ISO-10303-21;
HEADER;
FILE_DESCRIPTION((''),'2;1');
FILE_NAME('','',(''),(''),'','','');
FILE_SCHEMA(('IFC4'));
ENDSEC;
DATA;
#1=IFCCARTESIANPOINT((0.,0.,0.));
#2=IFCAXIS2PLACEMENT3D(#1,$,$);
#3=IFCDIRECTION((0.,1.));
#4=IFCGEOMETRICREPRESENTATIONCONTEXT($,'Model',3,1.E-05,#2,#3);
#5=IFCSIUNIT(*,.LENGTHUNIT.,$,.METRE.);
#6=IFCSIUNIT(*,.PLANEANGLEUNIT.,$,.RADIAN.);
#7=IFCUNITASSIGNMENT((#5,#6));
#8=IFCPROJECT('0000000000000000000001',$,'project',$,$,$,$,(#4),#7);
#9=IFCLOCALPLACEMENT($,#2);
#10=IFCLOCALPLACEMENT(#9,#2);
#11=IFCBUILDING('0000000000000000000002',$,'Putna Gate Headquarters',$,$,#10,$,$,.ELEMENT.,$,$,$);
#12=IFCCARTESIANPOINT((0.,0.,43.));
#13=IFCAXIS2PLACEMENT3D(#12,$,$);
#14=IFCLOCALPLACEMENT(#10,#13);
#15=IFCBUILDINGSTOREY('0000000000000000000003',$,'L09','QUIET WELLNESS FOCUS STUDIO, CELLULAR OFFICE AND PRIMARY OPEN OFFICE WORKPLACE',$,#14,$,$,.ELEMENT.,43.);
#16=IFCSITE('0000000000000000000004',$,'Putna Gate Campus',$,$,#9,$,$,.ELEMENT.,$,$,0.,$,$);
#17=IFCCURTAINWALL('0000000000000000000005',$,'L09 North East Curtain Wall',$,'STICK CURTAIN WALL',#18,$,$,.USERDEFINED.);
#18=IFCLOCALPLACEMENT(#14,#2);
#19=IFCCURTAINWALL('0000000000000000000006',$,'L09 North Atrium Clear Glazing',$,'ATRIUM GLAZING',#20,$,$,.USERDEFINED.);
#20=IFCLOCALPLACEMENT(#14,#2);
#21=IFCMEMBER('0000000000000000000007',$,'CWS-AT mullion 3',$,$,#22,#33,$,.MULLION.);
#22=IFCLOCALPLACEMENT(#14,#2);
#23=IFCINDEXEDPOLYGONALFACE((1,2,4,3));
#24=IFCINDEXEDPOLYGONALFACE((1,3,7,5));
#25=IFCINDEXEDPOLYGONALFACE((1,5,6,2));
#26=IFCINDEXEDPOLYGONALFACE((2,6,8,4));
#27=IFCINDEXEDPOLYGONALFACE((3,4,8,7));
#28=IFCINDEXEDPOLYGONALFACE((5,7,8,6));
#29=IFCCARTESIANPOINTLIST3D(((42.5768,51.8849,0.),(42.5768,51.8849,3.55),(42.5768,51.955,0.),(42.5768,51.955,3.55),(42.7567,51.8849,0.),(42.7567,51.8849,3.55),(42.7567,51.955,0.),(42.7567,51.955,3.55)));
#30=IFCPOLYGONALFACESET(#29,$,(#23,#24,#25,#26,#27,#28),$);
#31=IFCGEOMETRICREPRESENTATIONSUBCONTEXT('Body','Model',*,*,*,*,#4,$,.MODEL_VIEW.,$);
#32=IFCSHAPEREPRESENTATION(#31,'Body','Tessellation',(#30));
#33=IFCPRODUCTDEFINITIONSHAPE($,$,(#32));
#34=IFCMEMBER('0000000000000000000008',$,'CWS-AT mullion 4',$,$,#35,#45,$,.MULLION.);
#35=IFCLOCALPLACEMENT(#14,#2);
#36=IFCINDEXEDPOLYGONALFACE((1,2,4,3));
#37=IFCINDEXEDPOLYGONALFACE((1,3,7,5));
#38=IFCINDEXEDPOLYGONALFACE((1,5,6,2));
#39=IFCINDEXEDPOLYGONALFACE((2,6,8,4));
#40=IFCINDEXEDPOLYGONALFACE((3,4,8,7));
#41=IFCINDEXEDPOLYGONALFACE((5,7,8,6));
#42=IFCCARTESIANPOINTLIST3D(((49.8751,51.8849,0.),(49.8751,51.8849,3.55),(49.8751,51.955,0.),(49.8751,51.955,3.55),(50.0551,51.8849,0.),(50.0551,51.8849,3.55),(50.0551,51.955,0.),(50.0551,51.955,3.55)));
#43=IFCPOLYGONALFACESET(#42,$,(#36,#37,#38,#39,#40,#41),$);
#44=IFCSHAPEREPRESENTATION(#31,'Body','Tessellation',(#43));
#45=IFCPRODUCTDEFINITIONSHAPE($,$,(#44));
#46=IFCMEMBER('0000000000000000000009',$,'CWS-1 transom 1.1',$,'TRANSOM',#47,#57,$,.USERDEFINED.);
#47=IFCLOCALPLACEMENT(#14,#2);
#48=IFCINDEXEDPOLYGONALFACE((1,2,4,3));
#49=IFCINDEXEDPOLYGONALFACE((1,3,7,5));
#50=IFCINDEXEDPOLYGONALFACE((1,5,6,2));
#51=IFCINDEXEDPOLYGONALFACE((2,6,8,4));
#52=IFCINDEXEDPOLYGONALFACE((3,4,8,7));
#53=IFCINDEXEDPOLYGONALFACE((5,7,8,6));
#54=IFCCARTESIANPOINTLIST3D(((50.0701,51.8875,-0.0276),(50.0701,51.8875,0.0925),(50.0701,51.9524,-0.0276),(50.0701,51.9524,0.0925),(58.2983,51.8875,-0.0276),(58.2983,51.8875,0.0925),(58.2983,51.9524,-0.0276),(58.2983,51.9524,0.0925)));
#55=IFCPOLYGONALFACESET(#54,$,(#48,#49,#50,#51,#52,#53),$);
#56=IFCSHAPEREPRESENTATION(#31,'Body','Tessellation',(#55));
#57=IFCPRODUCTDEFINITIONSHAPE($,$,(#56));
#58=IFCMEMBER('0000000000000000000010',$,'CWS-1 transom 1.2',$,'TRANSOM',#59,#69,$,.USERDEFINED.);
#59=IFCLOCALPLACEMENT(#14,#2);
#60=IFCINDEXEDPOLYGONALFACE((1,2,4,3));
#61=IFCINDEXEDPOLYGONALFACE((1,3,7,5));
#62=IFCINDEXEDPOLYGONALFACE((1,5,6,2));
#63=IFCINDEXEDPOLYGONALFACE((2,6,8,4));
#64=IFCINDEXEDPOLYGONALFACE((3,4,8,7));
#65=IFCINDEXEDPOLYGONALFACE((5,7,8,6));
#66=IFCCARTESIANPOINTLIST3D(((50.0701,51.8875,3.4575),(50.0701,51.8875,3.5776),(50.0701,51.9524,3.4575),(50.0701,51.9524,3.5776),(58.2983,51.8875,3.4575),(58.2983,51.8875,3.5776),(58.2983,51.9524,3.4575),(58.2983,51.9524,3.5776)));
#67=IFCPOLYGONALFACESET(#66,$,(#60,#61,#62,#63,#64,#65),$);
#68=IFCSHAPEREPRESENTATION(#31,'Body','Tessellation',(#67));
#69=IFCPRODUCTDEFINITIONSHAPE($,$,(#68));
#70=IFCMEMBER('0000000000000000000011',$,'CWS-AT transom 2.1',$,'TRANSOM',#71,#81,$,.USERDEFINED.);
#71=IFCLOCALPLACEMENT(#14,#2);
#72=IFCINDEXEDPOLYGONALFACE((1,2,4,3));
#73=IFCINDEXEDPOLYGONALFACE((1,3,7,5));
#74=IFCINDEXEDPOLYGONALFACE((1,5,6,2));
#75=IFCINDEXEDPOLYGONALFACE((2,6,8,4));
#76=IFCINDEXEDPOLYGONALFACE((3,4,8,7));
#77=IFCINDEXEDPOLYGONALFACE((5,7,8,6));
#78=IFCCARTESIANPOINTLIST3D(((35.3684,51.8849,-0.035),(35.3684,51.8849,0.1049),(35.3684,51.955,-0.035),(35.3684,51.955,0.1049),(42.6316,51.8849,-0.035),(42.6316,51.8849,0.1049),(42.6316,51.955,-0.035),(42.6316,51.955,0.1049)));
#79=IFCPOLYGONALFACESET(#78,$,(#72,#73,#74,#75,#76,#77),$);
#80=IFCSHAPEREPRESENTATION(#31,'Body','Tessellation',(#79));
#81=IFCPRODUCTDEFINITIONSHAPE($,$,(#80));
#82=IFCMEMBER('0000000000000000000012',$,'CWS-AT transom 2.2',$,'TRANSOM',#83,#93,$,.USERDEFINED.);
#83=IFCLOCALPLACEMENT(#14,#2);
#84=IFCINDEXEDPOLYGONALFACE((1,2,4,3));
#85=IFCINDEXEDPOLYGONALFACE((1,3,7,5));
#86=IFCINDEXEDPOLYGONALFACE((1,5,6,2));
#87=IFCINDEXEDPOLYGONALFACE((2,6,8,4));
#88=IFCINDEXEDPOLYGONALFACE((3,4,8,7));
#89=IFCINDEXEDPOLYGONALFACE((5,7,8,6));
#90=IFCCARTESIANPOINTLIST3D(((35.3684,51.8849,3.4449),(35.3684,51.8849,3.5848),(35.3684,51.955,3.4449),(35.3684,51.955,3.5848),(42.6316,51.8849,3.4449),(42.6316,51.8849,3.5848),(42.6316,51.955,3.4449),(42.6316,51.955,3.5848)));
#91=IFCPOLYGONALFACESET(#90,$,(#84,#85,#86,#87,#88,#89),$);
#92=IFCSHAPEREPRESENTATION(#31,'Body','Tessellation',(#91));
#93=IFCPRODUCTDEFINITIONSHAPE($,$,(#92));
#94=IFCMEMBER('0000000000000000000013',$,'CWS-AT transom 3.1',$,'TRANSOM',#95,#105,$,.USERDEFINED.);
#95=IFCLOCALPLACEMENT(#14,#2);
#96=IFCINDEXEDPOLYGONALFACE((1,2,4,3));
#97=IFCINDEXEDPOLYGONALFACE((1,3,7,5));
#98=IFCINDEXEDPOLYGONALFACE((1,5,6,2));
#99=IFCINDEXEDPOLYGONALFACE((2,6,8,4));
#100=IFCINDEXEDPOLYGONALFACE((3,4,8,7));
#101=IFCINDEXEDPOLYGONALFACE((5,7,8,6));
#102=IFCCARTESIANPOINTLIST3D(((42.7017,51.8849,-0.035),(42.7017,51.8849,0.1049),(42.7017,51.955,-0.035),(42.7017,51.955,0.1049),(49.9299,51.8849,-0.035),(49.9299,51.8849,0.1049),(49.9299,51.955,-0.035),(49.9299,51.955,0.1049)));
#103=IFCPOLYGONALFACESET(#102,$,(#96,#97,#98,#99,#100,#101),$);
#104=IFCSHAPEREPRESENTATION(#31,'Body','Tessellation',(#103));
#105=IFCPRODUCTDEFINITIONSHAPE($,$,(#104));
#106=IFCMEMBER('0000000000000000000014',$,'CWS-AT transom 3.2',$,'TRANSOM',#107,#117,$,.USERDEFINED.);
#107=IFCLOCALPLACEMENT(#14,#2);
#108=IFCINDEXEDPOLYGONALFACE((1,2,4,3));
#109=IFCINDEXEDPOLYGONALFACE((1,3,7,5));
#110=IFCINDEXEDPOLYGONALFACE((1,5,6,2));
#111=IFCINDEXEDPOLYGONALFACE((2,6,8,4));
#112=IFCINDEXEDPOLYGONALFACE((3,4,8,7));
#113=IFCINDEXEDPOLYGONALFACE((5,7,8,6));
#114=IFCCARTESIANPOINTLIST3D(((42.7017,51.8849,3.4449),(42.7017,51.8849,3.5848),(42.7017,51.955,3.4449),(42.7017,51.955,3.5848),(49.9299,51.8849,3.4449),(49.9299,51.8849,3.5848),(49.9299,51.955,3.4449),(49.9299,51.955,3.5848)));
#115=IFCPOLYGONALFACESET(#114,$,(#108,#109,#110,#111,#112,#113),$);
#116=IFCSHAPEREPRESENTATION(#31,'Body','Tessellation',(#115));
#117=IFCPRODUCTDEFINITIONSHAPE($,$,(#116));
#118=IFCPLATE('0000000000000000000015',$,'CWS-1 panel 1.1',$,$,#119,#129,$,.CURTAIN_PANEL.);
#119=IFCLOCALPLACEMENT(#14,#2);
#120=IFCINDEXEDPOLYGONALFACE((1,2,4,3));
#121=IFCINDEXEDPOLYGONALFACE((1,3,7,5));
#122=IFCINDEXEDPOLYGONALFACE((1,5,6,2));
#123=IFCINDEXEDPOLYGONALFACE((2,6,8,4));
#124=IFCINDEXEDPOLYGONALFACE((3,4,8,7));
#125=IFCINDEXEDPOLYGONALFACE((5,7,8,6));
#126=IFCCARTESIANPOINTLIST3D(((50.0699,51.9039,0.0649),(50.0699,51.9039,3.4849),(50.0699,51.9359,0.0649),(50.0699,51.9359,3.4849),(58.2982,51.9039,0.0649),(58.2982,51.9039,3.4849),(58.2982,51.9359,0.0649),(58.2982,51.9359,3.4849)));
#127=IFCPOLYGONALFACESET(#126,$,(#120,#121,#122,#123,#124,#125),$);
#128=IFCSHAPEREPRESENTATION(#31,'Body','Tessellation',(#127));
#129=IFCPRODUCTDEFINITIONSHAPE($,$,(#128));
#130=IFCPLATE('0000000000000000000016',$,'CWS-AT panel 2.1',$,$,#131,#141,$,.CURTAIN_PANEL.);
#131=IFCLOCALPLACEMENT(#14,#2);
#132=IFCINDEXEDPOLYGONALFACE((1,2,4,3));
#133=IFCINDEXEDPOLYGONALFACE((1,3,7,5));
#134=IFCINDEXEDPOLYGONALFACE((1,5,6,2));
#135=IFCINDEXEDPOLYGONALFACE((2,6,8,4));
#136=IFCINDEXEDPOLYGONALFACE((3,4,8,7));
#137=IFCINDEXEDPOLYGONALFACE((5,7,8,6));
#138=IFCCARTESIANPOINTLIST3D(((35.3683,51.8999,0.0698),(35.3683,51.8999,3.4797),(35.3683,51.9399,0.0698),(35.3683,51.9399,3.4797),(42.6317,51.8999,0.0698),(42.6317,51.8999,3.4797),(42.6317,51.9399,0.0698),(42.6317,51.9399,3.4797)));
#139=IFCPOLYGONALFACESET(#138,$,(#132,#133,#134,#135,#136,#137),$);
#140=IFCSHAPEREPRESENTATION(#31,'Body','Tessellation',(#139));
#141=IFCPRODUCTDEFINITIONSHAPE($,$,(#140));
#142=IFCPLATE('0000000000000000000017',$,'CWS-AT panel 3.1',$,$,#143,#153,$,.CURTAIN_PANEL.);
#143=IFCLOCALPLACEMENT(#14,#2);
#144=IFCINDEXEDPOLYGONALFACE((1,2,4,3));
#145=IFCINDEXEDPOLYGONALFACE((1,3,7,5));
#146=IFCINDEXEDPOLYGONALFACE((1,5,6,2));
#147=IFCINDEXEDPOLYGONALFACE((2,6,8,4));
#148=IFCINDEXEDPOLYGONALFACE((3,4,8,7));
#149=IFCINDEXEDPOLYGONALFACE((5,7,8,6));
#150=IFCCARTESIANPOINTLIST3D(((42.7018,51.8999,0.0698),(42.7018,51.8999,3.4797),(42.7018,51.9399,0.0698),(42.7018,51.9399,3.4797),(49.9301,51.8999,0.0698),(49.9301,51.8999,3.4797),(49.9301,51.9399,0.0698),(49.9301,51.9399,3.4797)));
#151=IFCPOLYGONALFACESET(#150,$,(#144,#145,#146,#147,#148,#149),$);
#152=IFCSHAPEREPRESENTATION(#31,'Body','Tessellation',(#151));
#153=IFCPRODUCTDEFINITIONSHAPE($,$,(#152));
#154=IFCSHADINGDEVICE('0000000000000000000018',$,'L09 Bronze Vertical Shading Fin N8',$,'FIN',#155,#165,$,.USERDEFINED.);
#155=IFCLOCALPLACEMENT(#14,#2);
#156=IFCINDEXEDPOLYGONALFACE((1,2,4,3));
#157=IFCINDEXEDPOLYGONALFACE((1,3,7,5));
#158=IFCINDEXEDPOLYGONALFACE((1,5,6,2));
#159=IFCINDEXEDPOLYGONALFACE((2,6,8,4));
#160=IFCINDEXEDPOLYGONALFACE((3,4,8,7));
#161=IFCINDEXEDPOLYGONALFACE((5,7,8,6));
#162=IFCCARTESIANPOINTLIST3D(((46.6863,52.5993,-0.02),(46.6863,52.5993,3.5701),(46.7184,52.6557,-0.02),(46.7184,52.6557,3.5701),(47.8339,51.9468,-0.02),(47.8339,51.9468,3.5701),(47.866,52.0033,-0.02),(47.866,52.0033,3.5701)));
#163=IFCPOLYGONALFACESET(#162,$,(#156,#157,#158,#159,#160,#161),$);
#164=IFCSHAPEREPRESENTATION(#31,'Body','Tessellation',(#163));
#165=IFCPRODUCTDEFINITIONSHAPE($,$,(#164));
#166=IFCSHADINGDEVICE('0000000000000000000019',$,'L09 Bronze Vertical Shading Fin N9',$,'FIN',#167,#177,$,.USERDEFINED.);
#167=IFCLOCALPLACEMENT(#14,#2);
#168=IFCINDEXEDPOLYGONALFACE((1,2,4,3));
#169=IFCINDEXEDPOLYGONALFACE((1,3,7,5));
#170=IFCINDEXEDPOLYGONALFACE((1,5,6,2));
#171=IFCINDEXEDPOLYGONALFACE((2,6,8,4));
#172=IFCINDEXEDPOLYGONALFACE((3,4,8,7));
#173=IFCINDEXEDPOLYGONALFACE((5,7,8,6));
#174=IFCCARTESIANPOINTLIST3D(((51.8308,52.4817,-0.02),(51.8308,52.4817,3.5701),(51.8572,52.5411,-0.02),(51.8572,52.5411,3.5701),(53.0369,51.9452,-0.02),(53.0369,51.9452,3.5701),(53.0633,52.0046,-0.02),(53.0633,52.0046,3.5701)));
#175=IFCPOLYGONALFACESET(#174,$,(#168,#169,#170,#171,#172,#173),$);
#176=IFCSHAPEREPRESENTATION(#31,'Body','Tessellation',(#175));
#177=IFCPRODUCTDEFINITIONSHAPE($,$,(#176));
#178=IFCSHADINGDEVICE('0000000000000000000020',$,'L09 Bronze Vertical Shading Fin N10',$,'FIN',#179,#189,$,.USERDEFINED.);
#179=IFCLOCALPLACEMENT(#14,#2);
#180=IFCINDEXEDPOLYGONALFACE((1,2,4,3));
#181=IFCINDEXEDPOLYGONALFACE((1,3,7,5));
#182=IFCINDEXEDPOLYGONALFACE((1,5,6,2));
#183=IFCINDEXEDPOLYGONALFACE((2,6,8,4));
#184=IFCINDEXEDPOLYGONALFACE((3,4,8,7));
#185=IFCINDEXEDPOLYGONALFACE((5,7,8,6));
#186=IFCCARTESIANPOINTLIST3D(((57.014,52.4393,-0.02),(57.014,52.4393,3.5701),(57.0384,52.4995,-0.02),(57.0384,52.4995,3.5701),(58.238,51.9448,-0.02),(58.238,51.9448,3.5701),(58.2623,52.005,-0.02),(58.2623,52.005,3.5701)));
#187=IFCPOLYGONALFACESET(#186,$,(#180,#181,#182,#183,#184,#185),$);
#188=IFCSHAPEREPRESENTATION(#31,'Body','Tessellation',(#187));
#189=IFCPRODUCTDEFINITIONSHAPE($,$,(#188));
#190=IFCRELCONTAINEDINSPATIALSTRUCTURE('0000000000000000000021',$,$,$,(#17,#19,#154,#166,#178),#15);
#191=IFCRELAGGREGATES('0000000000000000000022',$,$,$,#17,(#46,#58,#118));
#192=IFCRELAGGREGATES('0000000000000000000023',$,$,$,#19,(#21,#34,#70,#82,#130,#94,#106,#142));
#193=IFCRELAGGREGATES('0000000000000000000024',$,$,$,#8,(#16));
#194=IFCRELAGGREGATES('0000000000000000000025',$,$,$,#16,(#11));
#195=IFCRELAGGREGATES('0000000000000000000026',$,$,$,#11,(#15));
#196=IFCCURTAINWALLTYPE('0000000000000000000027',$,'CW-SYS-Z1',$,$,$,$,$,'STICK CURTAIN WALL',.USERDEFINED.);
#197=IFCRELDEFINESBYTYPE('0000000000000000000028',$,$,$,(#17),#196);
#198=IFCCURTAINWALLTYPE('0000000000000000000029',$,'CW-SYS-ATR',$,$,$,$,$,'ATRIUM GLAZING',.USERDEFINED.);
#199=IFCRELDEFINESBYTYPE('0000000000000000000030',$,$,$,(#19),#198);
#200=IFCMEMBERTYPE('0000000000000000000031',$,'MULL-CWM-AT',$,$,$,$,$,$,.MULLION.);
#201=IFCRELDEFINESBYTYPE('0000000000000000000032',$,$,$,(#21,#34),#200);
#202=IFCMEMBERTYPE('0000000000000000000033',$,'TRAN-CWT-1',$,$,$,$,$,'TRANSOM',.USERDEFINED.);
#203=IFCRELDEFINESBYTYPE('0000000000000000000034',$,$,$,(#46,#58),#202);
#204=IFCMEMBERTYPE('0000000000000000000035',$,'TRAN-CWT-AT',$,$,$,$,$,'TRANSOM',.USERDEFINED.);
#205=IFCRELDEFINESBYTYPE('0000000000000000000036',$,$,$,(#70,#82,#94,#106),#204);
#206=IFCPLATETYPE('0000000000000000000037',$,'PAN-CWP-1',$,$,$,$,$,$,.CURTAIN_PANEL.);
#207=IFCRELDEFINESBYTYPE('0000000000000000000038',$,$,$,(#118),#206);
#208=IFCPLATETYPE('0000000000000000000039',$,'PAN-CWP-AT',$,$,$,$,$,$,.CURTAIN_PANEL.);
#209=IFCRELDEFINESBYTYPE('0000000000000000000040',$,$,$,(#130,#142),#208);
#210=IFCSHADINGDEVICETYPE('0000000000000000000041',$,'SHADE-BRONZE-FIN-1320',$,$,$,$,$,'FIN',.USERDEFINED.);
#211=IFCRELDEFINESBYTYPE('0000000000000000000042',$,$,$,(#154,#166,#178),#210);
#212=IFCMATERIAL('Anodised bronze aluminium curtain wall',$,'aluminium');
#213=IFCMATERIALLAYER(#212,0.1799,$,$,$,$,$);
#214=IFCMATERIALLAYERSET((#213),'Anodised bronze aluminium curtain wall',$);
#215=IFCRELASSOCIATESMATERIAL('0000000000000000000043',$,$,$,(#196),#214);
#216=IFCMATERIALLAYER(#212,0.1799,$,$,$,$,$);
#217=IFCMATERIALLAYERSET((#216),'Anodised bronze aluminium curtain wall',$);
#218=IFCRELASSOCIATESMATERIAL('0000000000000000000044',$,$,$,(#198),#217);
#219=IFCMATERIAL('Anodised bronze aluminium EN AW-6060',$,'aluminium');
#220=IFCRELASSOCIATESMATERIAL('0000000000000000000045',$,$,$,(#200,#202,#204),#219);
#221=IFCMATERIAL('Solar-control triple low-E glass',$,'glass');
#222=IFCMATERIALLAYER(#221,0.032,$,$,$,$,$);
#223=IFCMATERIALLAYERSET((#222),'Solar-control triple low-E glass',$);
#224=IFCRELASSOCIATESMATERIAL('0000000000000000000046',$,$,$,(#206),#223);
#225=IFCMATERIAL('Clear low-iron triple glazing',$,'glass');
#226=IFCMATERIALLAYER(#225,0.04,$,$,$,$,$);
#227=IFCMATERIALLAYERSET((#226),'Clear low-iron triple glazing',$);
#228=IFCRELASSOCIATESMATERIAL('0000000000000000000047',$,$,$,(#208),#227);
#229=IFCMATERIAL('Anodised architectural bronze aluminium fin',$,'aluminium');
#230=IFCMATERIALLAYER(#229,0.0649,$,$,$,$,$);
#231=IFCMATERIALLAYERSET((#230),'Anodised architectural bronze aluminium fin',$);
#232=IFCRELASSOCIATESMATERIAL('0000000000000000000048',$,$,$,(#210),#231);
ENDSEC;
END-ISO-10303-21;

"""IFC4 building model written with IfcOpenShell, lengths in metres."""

from ifc_helpers import new_model, si_unit, direction, frame, origin, origin_2d, place, context, subcontext, project, spatial, rectangle, extrude, material, layer, layer_set, material_profile, profile_set, type_object, element, aggregate, save


model = new_model("IFC4")

# Units and contexts
model_context = context("Model", 3, precision=1e-05, world=origin(), true_north=direction((0.0, 1.0)))
body_context = subcontext(model_context, "Body", "Model", "MODEL_VIEW")
ifc_project = project(units=[si_unit("LENGTHUNIT", "METRE"), si_unit("PLANEANGLEUNIT", "RADIAN")], contexts=[model_context])

# Site, building, storey
site_placement = place(None, origin())
site = spatial("IfcSite", under=ifc_project, at=site_placement, Name="Putna Gate Campus", CompositionType="ELEMENT", RefElevation=0.0)
building_placement = place(site_placement, origin())
building = spatial("IfcBuilding", under=site, at=building_placement, Name="Putna Gate Headquarters", CompositionType="ELEMENT")
storey_placement = place(building_placement, frame((0.0, 0.0, 43.0)))
storey = spatial("IfcBuildingStorey", under=building, at=storey_placement, Name="L09", Description="QUIET WELLNESS FOCUS STUDIO, CELLULAR OFFICE AND PRIMARY OPEN OFFICE WORKPLACE", CompositionType="ELEMENT", Elevation=43.0)

# Curtain wall
ifc_material_1 = material(Name="Anodised bronze aluminium curtain wall", Category="aluminium")
ifc_layer_1 = layer(ifc_material_1, 0.1799)
ifc_layer_set_1 = layer_set([ifc_layer_1], Name="Anodised bronze aluminium curtain wall")
curtain_wall_type_1 = type_object("IfcCurtainWallType", Name="CW-SYS-Z1", ElementType="STICK CURTAIN WALL", PredefinedType="USERDEFINED", material=ifc_layer_set_1)
curtain_wall_1_placement = place(storey_placement, origin())
curtain_wall_1 = element("IfcCurtainWall", 1, at=curtain_wall_1_placement, inside=storey, type_object=curtain_wall_type_1, Name="L09 North East Curtain Wall", ObjectType="STICK CURTAIN WALL", PredefinedType="USERDEFINED")
ifc_material_2 = material(Name="Anodised bronze aluminium EN AW-6060", Category="aluminium")

# Curtain wall, members
ifc_layer_2 = layer(ifc_material_1, 0.1799)
ifc_layer_set_2 = layer_set([ifc_layer_2], Name="Anodised bronze aluminium curtain wall")
curtain_wall_type_2 = type_object("IfcCurtainWallType", Name="CW-SYS-ATR", ElementType="ATRIUM GLAZING", PredefinedType="USERDEFINED", material=ifc_layer_set_2)
curtain_wall_2_placement = place(storey_placement, origin())
curtain_wall_2 = element("IfcCurtainWall", 2, at=curtain_wall_2_placement, inside=storey, type_object=curtain_wall_type_2, Name="L09 North Atrium Clear Glazing", ObjectType="ATRIUM GLAZING", PredefinedType="USERDEFINED")
ifc_material_profile_1 = material_profile(ifc_material_2, rectangle(XDim=0.0701, YDim=0.1799, at=origin_2d()), Name="Anodised bronze aluminium EN AW-6060")
ifc_profile_set_1 = profile_set([ifc_material_profile_1], Name="Anodised bronze aluminium EN AW-6060")
member_type_1 = type_object("IfcMemberType", Name="MULL-CWM-AT", PredefinedType="MULLION", material=ifc_profile_set_1)
member_1_placement = place(storey_placement, frame((42.6667, 51.9199, 0.0), z_axis=(0.0, 0.0, 1.0), x_axis=(0.0, 1.0, 0.0)))
member_1 = element("IfcMember", 3, at=member_1_placement, type_object=member_type_1, Name="CWS-AT mullion 3", PredefinedType="MULLION", context=body_context, shape_type="SweptSolid", body=[
    extrude(rectangle(XDim=0.0701, YDim=0.1799, at=origin_2d()), origin(), (0.0, 0.0, 1.0), 3.55),
])
member_2_placement = place(storey_placement, frame((49.9651, 51.9199, 0.0), z_axis=(0.0, 0.0, 1.0), x_axis=(0.0, 1.0, 0.0)))
member_2 = element("IfcMember", 4, at=member_2_placement, type_object=member_type_1, Name="CWS-AT mullion 4", PredefinedType="MULLION", context=body_context, shape_type="SweptSolid", body=[
    extrude(rectangle(XDim=0.0701, YDim=0.1799, at=origin_2d()), origin(), (0.0, 0.0, 1.0), 3.55),
])

# Members
ifc_material_profile_2 = material_profile(ifc_material_2, rectangle(XDim=0.0649, YDim=0.1201, at=origin_2d()), Name="Anodised bronze aluminium EN AW-6060")
ifc_profile_set_2 = profile_set([ifc_material_profile_2], Name="Anodised bronze aluminium EN AW-6060")
member_type_2 = type_object("IfcMemberType", Name="TRAN-CWT-1", ElementType="TRANSOM", PredefinedType="USERDEFINED", material=ifc_profile_set_2)
member_3_placement = place(storey_placement, frame((50.0701, 51.9199, 0.0325), z_axis=(1.0, 0.0, 0.0), x_axis=(0.0, 1.0, 0.0)))
member_3 = element("IfcMember", 5, at=member_3_placement, type_object=member_type_2, Name="CWS-1 transom 1.1", ObjectType="TRANSOM", PredefinedType="USERDEFINED", context=body_context, shape_type="SweptSolid", body=[
    extrude(rectangle(XDim=0.0649, YDim=0.1201, at=origin_2d()), origin(), (0.0, 0.0, 1.0), 8.2283),
])
member_4_placement = place(storey_placement, frame((50.0701, 51.9199, 3.5176), z_axis=(1.0, 0.0, 0.0), x_axis=(0.0, 1.0, 0.0)))
member_4 = element("IfcMember", 6, at=member_4_placement, type_object=member_type_2, Name="CWS-1 transom 1.2", ObjectType="TRANSOM", PredefinedType="USERDEFINED", context=body_context, shape_type="SweptSolid", body=[
    extrude(rectangle(XDim=0.0649, YDim=0.1201, at=origin_2d()), origin(), (0.0, 0.0, 1.0), 8.2283),
])
ifc_material_profile_3 = material_profile(ifc_material_2, rectangle(XDim=0.0701, YDim=0.1399, at=origin_2d()), Name="Anodised bronze aluminium EN AW-6060")
ifc_profile_set_3 = profile_set([ifc_material_profile_3], Name="Anodised bronze aluminium EN AW-6060")
member_type_3 = type_object("IfcMemberType", Name="TRAN-CWT-AT", ElementType="TRANSOM", PredefinedType="USERDEFINED", material=ifc_profile_set_3)
member_5_placement = place(storey_placement, frame((35.3684, 51.9199, 0.0349), z_axis=(1.0, 0.0, 0.0), x_axis=(0.0, 1.0, 0.0)))
member_5 = element("IfcMember", 7, at=member_5_placement, type_object=member_type_3, Name="CWS-AT transom 2.1", ObjectType="TRANSOM", PredefinedType="USERDEFINED", context=body_context, shape_type="SweptSolid", body=[
    extrude(rectangle(XDim=0.0701, YDim=0.1399, at=origin_2d()), origin(), (0.0, 0.0, 1.0), 7.2632),
])
member_6_placement = place(storey_placement, frame((35.3684, 51.9199, 3.5149), z_axis=(1.0, 0.0, 0.0), x_axis=(0.0, 1.0, 0.0)))
member_6 = element("IfcMember", 8, at=member_6_placement, type_object=member_type_3, Name="CWS-AT transom 2.2", ObjectType="TRANSOM", PredefinedType="USERDEFINED", context=body_context, shape_type="SweptSolid", body=[
    extrude(rectangle(XDim=0.0701, YDim=0.1399, at=origin_2d()), origin(), (0.0, 0.0, 1.0), 7.2632),
])
member_7_placement = place(storey_placement, frame((42.7017, 51.9199, 0.0349), z_axis=(1.0, 0.0, 0.0), x_axis=(0.0, 1.0, 0.0)))
member_7 = element("IfcMember", 9, at=member_7_placement, type_object=member_type_3, Name="CWS-AT transom 3.1", ObjectType="TRANSOM", PredefinedType="USERDEFINED", context=body_context, shape_type="SweptSolid", body=[
    extrude(rectangle(XDim=0.0701, YDim=0.1399, at=origin_2d()), origin(), (0.0, 0.0, 1.0), 7.2283),
])
member_8_placement = place(storey_placement, frame((42.7017, 51.9199, 3.5149), z_axis=(1.0, 0.0, 0.0), x_axis=(0.0, 1.0, 0.0)))
member_8 = element("IfcMember", 10, at=member_8_placement, type_object=member_type_3, Name="CWS-AT transom 3.2", ObjectType="TRANSOM", PredefinedType="USERDEFINED", context=body_context, shape_type="SweptSolid", body=[
    extrude(rectangle(XDim=0.0701, YDim=0.1399, at=origin_2d()), origin(), (0.0, 0.0, 1.0), 7.2283),
])

# Plates
ifc_material_3 = material(Name="Solar-control triple low-E glass", Category="glass")
ifc_layer_3 = layer(ifc_material_3, 0.032)
ifc_layer_set_3 = layer_set([ifc_layer_3], Name="Solar-control triple low-E glass")
plate_type_1 = type_object("IfcPlateType", Name="PAN-CWP-1", PredefinedType="CURTAIN_PANEL", material=ifc_layer_set_3)
plate_1_placement = place(storey_placement, frame((54.1841, 51.9199, 0.0649), z_axis=(0.0, 0.0, 1.0), x_axis=(1.0, 0.0, 0.0)))
plate_1 = element("IfcPlate", 11, at=plate_1_placement, type_object=plate_type_1, Name="CWS-1 panel 1.1", PredefinedType="CURTAIN_PANEL", context=body_context, shape_type="SweptSolid", body=[
    extrude(rectangle(XDim=8.2283, YDim=0.032, at=origin_2d()), origin(), (0.0, 0.0, 1.0), 3.4199),
])
aggregate(curtain_wall_1, [member_3, member_4, plate_1])
ifc_material_4 = material(Name="Clear low-iron triple glazing", Category="glass")
ifc_layer_4 = layer(ifc_material_4, 0.04)
ifc_layer_set_4 = layer_set([ifc_layer_4], Name="Clear low-iron triple glazing")
plate_type_2 = type_object("IfcPlateType", Name="PAN-CWP-AT", PredefinedType="CURTAIN_PANEL", material=ifc_layer_set_4)
plate_2_placement = place(storey_placement, frame((39.0, 51.9199, 0.0698), z_axis=(0.0, 0.0, 1.0), x_axis=(1.0, 0.0, 0.0)))
plate_2 = element("IfcPlate", 12, at=plate_2_placement, type_object=plate_type_2, Name="CWS-AT panel 2.1", PredefinedType="CURTAIN_PANEL", context=body_context, shape_type="SweptSolid", body=[
    extrude(rectangle(XDim=7.2634, YDim=0.04, at=origin_2d()), origin(), (0.0, 0.0, 1.0), 3.4099),
])
plate_3_placement = place(storey_placement, frame((46.3159, 51.9199, 0.0698), z_axis=(0.0, 0.0, 1.0), x_axis=(1.0, 0.0, 0.0)))
plate_3 = element("IfcPlate", 13, at=plate_3_placement, type_object=plate_type_2, Name="CWS-AT panel 3.1", PredefinedType="CURTAIN_PANEL", context=body_context, shape_type="SweptSolid", body=[
    extrude(rectangle(XDim=7.2283, YDim=0.04, at=origin_2d()), origin(), (0.0, 0.0, 1.0), 3.4099),
])
aggregate(curtain_wall_2, [member_1, member_2, member_5, member_6, plate_2, member_7, member_8, plate_3])

# Shading devices
ifc_material_5 = material(Name="Anodised architectural bronze aluminium fin", Category="aluminium")
ifc_layer_5 = layer(ifc_material_5, 0.0649)
ifc_layer_set_5 = layer_set([ifc_layer_5], Name="Anodised architectural bronze aluminium fin")
shading_device_type = type_object("IfcShadingDeviceType", Name="SHADE-BRONZE-FIN-1320", ElementType="FIN", PredefinedType="USERDEFINED", material=ifc_layer_set_5)
for number, where, z_axis, x_axis, name in (
    (14, (47.2761, 52.3013, -0.02), (0.0, 0.0, 1.0), (-0.869322, 0.494245, 0.0), "L09 Bronze Vertical Shading Fin N8"),
    (15, (52.447, 52.2432, -0.02), (0.0, 0.0, 1.0), (-0.913687, 0.406418, 0.0), "L09 Bronze Vertical Shading Fin N9"),
    (16, (57.6382, 52.2222, -0.02), (0.0, 0.0, 1.0), (-0.927184, 0.374607, 0.0), "L09 Bronze Vertical Shading Fin N10"),
):
    element("IfcShadingDevice", number, at=place(storey_placement, frame(where, z_axis=z_axis, x_axis=x_axis)), inside=storey, type_object=shading_device_type, Name=name, ObjectType="FIN", PredefinedType="USERDEFINED", context=body_context, shape_type="SweptSolid", body=[
        extrude(rectangle(XDim=1.3201, YDim=0.0649, at=origin_2d()), origin(), (0.0, 0.0, 1.0), 3.5901),
    ])

save(model, "model.ifc")
